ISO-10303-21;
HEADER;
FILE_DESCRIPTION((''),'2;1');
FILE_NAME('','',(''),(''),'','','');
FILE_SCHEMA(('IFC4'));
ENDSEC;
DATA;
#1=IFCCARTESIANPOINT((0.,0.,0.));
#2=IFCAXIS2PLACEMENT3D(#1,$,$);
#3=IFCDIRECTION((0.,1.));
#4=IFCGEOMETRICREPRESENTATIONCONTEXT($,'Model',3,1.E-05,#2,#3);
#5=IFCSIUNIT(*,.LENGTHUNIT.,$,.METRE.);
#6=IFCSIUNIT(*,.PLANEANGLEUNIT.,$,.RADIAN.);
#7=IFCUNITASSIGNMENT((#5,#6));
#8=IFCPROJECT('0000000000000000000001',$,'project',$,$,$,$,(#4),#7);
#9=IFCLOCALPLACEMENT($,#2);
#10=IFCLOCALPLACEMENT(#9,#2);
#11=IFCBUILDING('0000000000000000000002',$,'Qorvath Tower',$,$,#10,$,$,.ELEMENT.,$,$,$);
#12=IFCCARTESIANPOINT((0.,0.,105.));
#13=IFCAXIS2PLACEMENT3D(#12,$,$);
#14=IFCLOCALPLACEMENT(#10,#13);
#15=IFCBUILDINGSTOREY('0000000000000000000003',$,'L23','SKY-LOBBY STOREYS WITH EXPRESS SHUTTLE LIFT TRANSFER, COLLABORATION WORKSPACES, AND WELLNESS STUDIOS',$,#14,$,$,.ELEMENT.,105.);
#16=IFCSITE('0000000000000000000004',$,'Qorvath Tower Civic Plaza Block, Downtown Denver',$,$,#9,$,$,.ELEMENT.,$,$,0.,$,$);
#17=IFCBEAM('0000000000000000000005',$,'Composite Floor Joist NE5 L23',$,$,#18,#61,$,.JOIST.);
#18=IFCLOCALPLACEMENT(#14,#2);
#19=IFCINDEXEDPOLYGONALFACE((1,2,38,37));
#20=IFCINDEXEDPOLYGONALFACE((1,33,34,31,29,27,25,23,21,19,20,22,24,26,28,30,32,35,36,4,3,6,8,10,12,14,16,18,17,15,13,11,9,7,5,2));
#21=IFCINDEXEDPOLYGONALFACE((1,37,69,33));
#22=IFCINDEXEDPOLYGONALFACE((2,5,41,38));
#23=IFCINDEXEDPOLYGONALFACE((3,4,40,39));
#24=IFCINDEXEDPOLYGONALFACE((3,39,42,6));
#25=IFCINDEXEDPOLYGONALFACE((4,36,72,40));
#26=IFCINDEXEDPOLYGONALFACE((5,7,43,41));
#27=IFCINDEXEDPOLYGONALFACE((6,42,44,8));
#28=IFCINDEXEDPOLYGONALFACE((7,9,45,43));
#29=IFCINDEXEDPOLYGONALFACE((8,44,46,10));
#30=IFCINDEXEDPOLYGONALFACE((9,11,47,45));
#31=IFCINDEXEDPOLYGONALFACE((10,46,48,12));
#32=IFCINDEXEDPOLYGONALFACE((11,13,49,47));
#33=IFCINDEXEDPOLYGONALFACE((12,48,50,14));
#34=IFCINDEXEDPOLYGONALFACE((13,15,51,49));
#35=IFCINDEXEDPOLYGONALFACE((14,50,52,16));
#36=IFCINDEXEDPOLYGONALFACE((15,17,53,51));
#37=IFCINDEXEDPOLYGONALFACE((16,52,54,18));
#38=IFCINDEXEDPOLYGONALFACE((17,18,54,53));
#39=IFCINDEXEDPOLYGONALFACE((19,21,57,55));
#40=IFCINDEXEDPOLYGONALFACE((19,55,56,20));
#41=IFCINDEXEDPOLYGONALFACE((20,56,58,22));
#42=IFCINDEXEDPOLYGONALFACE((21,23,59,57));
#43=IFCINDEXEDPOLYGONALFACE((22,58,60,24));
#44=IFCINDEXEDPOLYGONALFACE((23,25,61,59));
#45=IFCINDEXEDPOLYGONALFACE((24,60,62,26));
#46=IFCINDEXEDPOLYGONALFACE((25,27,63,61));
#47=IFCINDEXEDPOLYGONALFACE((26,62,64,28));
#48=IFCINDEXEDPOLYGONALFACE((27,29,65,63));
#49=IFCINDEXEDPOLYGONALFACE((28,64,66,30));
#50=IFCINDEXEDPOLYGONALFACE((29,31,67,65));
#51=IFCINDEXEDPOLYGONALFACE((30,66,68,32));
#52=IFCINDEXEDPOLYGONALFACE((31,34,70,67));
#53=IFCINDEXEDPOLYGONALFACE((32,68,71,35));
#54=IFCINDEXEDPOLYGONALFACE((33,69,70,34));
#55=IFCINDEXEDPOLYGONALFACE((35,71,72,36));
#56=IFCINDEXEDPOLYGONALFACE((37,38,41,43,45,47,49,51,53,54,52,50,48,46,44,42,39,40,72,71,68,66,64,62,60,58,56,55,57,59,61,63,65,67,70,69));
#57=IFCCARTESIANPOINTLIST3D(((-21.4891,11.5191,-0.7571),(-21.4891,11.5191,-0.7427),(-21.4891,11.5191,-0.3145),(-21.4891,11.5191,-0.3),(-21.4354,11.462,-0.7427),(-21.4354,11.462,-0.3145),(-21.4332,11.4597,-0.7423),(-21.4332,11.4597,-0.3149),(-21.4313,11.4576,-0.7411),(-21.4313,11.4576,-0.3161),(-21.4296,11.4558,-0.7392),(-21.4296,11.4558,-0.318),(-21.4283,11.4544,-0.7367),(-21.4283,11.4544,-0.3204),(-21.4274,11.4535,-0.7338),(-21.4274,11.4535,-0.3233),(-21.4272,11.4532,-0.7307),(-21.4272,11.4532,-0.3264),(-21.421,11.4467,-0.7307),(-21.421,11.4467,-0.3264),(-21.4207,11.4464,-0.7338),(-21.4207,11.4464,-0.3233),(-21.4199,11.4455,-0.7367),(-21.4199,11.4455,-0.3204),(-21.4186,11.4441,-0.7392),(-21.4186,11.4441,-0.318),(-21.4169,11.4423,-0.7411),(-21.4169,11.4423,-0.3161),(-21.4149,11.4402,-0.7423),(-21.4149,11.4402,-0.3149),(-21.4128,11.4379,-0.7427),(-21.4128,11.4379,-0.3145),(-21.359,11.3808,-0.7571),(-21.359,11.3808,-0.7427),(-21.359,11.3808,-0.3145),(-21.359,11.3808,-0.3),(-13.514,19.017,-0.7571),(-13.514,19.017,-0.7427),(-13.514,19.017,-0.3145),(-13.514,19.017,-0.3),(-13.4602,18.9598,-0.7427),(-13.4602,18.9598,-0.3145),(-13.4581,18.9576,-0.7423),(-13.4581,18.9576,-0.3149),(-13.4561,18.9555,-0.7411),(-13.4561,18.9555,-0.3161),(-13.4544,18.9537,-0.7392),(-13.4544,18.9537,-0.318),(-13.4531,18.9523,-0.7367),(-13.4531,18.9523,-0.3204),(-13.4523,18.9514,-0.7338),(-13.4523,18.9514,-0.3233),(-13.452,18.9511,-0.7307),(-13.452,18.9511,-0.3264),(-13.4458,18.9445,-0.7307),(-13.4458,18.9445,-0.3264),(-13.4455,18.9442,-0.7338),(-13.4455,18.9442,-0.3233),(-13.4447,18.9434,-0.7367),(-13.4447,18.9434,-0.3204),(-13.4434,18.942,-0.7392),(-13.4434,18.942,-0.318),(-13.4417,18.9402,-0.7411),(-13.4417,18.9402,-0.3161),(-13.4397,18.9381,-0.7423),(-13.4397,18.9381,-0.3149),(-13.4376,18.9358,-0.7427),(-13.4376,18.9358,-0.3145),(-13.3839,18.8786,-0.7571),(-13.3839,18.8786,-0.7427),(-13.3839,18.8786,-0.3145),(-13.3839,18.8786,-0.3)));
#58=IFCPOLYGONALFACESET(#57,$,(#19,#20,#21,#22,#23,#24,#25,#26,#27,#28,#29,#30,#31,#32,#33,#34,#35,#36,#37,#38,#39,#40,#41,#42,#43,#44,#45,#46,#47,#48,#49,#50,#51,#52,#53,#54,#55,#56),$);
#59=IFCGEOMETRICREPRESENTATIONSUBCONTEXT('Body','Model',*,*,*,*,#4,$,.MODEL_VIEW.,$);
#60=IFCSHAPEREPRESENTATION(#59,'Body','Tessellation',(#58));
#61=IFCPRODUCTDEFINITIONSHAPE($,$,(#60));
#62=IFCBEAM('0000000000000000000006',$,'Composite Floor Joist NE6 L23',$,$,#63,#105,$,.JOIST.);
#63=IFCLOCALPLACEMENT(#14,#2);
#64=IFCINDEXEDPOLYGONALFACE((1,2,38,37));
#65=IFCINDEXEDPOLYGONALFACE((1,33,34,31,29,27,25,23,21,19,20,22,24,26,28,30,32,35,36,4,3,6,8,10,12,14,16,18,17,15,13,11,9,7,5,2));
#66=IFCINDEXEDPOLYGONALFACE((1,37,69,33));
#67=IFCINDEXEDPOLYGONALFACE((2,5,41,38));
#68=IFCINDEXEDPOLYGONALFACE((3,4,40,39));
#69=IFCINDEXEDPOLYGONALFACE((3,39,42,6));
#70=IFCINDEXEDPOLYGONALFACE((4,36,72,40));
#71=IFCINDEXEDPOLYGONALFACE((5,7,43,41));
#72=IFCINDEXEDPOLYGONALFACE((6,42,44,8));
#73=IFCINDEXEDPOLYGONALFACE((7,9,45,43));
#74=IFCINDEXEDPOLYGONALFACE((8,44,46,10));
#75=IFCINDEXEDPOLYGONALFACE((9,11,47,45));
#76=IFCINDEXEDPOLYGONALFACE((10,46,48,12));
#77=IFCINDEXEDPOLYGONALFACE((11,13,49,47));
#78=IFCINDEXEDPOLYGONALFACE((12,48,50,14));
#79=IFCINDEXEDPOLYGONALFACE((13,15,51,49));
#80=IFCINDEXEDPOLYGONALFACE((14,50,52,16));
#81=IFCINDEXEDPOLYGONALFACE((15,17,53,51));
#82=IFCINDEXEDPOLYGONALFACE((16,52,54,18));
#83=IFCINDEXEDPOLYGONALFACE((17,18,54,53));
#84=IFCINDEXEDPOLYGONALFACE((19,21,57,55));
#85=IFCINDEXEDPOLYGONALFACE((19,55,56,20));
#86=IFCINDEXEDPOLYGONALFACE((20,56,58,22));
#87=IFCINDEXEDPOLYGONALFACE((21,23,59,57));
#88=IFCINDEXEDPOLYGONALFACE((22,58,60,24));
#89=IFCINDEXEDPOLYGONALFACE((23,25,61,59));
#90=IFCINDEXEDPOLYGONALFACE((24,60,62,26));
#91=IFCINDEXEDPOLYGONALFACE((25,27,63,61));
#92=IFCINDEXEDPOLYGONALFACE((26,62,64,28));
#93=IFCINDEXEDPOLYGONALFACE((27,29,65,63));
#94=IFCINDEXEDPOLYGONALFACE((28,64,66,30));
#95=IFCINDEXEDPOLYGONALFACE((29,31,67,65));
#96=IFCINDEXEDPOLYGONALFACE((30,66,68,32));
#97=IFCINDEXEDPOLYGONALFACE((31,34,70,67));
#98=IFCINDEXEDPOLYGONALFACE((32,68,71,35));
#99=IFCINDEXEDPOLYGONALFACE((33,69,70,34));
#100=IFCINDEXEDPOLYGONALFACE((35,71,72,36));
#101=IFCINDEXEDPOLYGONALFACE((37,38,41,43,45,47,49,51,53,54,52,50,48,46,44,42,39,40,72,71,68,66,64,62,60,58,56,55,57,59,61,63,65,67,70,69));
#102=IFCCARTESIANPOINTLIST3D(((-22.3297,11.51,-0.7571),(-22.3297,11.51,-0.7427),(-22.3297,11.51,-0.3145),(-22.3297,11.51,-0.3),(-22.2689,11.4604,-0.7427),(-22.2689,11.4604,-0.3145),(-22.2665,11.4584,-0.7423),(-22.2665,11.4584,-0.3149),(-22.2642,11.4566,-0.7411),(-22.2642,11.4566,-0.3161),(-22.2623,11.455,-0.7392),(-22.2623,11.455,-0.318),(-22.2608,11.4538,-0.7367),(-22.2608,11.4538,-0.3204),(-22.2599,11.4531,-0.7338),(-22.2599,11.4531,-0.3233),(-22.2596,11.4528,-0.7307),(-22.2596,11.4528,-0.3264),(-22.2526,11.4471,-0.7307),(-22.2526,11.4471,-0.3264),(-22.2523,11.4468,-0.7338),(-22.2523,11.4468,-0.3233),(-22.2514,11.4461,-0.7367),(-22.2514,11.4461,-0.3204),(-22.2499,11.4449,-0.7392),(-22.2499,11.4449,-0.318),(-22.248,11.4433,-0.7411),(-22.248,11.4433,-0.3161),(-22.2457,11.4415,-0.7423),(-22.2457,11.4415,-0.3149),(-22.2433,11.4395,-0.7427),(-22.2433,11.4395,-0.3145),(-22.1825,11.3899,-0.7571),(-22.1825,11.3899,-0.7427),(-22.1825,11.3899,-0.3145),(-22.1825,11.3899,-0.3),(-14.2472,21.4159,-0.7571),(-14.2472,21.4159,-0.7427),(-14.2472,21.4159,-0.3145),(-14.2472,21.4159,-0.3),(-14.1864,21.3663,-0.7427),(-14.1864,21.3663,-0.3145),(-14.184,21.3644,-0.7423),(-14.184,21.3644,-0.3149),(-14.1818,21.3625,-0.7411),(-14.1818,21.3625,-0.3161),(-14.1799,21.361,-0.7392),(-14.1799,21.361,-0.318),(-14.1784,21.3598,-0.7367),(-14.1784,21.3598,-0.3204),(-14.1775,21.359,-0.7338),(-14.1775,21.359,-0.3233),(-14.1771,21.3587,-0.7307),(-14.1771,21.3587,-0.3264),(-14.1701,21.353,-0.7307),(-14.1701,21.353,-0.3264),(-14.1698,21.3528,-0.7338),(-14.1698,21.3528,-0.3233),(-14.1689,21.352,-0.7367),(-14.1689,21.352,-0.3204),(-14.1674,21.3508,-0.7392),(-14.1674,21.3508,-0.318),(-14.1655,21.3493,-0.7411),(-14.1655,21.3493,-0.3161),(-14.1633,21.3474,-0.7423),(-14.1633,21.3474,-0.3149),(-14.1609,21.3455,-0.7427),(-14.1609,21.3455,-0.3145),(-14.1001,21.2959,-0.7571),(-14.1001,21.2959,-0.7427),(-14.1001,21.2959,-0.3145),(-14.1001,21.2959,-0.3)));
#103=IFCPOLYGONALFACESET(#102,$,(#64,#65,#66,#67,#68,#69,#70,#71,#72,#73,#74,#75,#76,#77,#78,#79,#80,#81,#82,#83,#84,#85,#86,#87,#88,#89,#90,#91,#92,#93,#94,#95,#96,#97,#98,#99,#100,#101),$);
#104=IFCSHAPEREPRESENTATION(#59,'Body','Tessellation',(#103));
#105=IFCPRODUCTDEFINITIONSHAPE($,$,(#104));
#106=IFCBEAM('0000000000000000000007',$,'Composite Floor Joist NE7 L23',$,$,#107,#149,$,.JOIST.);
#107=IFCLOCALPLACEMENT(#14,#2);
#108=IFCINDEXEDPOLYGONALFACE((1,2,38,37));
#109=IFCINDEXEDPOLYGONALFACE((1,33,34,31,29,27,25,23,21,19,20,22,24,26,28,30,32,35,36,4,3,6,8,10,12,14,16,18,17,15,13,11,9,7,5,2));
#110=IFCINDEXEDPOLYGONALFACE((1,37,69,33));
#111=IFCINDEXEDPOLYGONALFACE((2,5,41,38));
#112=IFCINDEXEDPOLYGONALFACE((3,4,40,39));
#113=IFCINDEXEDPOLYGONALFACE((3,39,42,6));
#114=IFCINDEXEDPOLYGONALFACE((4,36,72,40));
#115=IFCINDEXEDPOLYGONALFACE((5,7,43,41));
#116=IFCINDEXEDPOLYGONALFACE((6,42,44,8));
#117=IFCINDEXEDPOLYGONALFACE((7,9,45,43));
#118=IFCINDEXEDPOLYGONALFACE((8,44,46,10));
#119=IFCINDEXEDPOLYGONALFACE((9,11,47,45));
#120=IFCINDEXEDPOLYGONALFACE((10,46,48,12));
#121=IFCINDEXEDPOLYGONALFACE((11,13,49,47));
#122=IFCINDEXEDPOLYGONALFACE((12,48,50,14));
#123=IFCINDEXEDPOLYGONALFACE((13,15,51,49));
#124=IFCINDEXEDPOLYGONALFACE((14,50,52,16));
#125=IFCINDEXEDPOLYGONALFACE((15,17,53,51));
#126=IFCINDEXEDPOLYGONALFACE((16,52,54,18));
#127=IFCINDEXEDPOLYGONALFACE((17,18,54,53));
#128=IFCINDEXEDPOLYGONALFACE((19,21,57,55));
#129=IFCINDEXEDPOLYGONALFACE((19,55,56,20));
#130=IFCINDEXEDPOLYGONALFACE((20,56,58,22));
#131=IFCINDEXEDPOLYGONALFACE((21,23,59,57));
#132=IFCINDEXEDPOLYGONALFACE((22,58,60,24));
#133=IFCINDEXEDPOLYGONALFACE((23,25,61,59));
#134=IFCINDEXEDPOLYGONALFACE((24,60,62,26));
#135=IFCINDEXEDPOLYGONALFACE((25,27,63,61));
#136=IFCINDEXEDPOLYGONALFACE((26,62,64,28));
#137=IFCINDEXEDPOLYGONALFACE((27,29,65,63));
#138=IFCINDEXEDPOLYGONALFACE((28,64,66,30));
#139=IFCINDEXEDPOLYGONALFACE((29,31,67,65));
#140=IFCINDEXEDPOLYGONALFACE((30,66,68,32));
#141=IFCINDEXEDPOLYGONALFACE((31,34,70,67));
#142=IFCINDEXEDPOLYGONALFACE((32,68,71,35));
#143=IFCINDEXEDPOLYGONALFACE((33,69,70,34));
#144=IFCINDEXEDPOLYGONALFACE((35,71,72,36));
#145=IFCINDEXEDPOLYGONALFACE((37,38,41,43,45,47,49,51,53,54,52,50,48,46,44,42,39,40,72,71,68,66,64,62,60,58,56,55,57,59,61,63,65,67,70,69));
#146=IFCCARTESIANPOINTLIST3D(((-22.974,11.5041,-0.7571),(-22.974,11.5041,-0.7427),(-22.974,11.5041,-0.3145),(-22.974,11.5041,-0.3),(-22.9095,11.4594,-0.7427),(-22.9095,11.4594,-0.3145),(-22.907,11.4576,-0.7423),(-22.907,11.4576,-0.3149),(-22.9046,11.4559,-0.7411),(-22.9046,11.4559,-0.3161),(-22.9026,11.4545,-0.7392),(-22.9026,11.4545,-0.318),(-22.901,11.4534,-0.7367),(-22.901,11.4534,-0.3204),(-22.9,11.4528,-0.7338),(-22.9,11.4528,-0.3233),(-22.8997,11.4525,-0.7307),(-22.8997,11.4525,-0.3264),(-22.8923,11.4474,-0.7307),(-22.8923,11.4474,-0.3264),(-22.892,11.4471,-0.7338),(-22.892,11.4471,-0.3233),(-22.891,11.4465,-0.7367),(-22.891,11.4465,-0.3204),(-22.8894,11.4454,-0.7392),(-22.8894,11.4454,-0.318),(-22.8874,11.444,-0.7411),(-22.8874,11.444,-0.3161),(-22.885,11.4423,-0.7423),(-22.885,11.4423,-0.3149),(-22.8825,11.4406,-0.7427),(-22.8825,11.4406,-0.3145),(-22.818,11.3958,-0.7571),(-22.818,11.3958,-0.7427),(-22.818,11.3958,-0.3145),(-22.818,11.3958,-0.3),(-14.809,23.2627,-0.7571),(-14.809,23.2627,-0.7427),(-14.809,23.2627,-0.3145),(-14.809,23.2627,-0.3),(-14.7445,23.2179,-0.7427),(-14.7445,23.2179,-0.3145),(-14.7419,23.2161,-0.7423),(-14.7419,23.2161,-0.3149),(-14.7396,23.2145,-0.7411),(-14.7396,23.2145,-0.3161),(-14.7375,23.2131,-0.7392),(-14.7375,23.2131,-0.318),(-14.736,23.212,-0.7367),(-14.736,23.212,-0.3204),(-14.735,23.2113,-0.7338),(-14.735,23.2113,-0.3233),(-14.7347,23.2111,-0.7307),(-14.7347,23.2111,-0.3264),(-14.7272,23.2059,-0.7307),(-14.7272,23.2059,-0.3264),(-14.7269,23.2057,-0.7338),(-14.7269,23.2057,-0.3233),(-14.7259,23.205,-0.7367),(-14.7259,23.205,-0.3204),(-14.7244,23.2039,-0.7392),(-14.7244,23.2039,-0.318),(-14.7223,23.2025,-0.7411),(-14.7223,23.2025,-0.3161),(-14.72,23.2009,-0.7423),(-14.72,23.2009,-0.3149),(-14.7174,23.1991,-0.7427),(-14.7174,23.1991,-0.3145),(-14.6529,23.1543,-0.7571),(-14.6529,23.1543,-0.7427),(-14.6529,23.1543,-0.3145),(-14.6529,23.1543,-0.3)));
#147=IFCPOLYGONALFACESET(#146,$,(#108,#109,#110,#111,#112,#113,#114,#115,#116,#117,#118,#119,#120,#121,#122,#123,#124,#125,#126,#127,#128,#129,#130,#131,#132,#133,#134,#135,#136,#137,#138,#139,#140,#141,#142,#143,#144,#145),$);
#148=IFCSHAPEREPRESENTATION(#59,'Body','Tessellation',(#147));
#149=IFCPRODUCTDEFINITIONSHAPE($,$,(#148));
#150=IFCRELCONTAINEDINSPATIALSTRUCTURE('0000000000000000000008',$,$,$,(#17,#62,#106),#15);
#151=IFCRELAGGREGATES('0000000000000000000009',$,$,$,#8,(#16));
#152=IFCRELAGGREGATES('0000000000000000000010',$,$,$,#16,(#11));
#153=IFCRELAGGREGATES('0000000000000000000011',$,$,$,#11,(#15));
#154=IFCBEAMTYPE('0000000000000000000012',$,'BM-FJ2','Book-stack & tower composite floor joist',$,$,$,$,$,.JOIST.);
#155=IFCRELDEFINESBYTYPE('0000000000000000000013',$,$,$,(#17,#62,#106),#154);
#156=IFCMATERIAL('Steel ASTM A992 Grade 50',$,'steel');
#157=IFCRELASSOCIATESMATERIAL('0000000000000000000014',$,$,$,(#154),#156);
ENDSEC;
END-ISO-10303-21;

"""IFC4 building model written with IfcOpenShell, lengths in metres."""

from ifc_helpers import new_model, si_unit, direction, frame, origin, origin_2d, place, context, subcontext, project, spatial, i_section, extrude, material, material_profile, profile_set, type_object, element, save


model = new_model("IFC4")

# Units and contexts
model_context = context("Model", 3, precision=1e-05, world=origin(), true_north=direction((0.0, 1.0)))
body_context = subcontext(model_context, "Body", "Model", "MODEL_VIEW")
ifc_project = project(units=[si_unit("LENGTHUNIT", "METRE"), si_unit("PLANEANGLEUNIT", "RADIAN")], contexts=[model_context])

# Site, building, storey
site_placement = place(None, origin())
site = spatial("IfcSite", under=ifc_project, at=site_placement, Name="Qorvath Tower Civic Plaza Block, Downtown Denver", CompositionType="ELEMENT", RefElevation=0.0)
building_placement = place(site_placement, origin())
building = spatial("IfcBuilding", under=site, at=building_placement, Name="Qorvath Tower", CompositionType="ELEMENT")
storey_placement = place(building_placement, frame((0.0, 0.0, 105.0)))
storey = spatial("IfcBuildingStorey", under=building, at=storey_placement, Name="L23", Description="SKY-LOBBY STOREYS WITH EXPRESS SHUTTLE LIFT TRANSFER, COLLABORATION WORKSPACES, AND WELLNESS STUDIOS", CompositionType="ELEMENT", Elevation=105.0)

# Beams
ifc_material_1 = material(Name="Steel ASTM A992 Grade 50", Category="steel")
ifc_material_profile_1 = material_profile(ifc_material_1, i_section(OverallWidth=0.1899, OverallDepth=0.457, WebThickness=0.009, FlangeThickness=0.0144, FilletRadius=0.012, at=origin_2d()), Name="W18x50")
ifc_profile_set_1 = profile_set([ifc_material_profile_1], Name="Steel ASTM A992 Grade 50")
beam_type_1 = type_object("IfcBeamType", Name="BM-FJ2", Description="Book-stack & tower composite floor joist", PredefinedType="JOIST", material=ifc_profile_set_1)
beam_1_placement = place(storey_placement, frame((-21.4241, 11.45, -0.5286), z_axis=(0.728572, 0.684969, 0.0), x_axis=(-0.684969, 0.728572, 0.0)))
element("IfcBeam", 1, at=beam_1_placement, inside=storey, type_object=beam_type_1, Name="Composite Floor Joist NE5 L23", PredefinedType="JOIST", context=body_context, shape_type="SweptSolid", body=[
    extrude(i_section(OverallWidth=0.1899, OverallDepth=0.457, WebThickness=0.009, FlangeThickness=0.0144, FilletRadius=0.012, at=origin_2d()), origin(), (0.0, 0.0, 1.0), 10.9463),
])
beam_2_placement = place(storey_placement, frame((-22.2561, 11.45, -0.5286), z_axis=(0.632188, 0.774815, 0.0), x_axis=(-0.774815, 0.632188, 0.0)))
element("IfcBeam", 2, at=beam_2_placement, inside=storey, type_object=beam_type_1, Name="Composite Floor Joist NE6 L23", PredefinedType="JOIST", context=body_context, shape_type="SweptSolid", body=[
    extrude(i_section(OverallWidth=0.1899, OverallDepth=0.457, WebThickness=0.009, FlangeThickness=0.0144, FilletRadius=0.012, at=origin_2d()), origin(), (0.0, 0.0, 1.0), 12.7849),
])
beam_3_placement = place(storey_placement, frame((-22.896, 11.45, -0.5286), z_axis=(0.570367, 0.82139, 0.0), x_axis=(-0.82139, 0.570367, 0.0)))
element("IfcBeam", 3, at=beam_3_placement, inside=storey, type_object=beam_type_1, Name="Composite Floor Joist NE7 L23", PredefinedType="JOIST", context=body_context, shape_type="SweptSolid", body=[
    extrude(i_section(OverallWidth=0.1899, OverallDepth=0.457, WebThickness=0.009, FlangeThickness=0.0144, FilletRadius=0.012, at=origin_2d()), origin(), (0.0, 0.0, 1.0), 14.3154),
])

save(model, "model.ifc")
